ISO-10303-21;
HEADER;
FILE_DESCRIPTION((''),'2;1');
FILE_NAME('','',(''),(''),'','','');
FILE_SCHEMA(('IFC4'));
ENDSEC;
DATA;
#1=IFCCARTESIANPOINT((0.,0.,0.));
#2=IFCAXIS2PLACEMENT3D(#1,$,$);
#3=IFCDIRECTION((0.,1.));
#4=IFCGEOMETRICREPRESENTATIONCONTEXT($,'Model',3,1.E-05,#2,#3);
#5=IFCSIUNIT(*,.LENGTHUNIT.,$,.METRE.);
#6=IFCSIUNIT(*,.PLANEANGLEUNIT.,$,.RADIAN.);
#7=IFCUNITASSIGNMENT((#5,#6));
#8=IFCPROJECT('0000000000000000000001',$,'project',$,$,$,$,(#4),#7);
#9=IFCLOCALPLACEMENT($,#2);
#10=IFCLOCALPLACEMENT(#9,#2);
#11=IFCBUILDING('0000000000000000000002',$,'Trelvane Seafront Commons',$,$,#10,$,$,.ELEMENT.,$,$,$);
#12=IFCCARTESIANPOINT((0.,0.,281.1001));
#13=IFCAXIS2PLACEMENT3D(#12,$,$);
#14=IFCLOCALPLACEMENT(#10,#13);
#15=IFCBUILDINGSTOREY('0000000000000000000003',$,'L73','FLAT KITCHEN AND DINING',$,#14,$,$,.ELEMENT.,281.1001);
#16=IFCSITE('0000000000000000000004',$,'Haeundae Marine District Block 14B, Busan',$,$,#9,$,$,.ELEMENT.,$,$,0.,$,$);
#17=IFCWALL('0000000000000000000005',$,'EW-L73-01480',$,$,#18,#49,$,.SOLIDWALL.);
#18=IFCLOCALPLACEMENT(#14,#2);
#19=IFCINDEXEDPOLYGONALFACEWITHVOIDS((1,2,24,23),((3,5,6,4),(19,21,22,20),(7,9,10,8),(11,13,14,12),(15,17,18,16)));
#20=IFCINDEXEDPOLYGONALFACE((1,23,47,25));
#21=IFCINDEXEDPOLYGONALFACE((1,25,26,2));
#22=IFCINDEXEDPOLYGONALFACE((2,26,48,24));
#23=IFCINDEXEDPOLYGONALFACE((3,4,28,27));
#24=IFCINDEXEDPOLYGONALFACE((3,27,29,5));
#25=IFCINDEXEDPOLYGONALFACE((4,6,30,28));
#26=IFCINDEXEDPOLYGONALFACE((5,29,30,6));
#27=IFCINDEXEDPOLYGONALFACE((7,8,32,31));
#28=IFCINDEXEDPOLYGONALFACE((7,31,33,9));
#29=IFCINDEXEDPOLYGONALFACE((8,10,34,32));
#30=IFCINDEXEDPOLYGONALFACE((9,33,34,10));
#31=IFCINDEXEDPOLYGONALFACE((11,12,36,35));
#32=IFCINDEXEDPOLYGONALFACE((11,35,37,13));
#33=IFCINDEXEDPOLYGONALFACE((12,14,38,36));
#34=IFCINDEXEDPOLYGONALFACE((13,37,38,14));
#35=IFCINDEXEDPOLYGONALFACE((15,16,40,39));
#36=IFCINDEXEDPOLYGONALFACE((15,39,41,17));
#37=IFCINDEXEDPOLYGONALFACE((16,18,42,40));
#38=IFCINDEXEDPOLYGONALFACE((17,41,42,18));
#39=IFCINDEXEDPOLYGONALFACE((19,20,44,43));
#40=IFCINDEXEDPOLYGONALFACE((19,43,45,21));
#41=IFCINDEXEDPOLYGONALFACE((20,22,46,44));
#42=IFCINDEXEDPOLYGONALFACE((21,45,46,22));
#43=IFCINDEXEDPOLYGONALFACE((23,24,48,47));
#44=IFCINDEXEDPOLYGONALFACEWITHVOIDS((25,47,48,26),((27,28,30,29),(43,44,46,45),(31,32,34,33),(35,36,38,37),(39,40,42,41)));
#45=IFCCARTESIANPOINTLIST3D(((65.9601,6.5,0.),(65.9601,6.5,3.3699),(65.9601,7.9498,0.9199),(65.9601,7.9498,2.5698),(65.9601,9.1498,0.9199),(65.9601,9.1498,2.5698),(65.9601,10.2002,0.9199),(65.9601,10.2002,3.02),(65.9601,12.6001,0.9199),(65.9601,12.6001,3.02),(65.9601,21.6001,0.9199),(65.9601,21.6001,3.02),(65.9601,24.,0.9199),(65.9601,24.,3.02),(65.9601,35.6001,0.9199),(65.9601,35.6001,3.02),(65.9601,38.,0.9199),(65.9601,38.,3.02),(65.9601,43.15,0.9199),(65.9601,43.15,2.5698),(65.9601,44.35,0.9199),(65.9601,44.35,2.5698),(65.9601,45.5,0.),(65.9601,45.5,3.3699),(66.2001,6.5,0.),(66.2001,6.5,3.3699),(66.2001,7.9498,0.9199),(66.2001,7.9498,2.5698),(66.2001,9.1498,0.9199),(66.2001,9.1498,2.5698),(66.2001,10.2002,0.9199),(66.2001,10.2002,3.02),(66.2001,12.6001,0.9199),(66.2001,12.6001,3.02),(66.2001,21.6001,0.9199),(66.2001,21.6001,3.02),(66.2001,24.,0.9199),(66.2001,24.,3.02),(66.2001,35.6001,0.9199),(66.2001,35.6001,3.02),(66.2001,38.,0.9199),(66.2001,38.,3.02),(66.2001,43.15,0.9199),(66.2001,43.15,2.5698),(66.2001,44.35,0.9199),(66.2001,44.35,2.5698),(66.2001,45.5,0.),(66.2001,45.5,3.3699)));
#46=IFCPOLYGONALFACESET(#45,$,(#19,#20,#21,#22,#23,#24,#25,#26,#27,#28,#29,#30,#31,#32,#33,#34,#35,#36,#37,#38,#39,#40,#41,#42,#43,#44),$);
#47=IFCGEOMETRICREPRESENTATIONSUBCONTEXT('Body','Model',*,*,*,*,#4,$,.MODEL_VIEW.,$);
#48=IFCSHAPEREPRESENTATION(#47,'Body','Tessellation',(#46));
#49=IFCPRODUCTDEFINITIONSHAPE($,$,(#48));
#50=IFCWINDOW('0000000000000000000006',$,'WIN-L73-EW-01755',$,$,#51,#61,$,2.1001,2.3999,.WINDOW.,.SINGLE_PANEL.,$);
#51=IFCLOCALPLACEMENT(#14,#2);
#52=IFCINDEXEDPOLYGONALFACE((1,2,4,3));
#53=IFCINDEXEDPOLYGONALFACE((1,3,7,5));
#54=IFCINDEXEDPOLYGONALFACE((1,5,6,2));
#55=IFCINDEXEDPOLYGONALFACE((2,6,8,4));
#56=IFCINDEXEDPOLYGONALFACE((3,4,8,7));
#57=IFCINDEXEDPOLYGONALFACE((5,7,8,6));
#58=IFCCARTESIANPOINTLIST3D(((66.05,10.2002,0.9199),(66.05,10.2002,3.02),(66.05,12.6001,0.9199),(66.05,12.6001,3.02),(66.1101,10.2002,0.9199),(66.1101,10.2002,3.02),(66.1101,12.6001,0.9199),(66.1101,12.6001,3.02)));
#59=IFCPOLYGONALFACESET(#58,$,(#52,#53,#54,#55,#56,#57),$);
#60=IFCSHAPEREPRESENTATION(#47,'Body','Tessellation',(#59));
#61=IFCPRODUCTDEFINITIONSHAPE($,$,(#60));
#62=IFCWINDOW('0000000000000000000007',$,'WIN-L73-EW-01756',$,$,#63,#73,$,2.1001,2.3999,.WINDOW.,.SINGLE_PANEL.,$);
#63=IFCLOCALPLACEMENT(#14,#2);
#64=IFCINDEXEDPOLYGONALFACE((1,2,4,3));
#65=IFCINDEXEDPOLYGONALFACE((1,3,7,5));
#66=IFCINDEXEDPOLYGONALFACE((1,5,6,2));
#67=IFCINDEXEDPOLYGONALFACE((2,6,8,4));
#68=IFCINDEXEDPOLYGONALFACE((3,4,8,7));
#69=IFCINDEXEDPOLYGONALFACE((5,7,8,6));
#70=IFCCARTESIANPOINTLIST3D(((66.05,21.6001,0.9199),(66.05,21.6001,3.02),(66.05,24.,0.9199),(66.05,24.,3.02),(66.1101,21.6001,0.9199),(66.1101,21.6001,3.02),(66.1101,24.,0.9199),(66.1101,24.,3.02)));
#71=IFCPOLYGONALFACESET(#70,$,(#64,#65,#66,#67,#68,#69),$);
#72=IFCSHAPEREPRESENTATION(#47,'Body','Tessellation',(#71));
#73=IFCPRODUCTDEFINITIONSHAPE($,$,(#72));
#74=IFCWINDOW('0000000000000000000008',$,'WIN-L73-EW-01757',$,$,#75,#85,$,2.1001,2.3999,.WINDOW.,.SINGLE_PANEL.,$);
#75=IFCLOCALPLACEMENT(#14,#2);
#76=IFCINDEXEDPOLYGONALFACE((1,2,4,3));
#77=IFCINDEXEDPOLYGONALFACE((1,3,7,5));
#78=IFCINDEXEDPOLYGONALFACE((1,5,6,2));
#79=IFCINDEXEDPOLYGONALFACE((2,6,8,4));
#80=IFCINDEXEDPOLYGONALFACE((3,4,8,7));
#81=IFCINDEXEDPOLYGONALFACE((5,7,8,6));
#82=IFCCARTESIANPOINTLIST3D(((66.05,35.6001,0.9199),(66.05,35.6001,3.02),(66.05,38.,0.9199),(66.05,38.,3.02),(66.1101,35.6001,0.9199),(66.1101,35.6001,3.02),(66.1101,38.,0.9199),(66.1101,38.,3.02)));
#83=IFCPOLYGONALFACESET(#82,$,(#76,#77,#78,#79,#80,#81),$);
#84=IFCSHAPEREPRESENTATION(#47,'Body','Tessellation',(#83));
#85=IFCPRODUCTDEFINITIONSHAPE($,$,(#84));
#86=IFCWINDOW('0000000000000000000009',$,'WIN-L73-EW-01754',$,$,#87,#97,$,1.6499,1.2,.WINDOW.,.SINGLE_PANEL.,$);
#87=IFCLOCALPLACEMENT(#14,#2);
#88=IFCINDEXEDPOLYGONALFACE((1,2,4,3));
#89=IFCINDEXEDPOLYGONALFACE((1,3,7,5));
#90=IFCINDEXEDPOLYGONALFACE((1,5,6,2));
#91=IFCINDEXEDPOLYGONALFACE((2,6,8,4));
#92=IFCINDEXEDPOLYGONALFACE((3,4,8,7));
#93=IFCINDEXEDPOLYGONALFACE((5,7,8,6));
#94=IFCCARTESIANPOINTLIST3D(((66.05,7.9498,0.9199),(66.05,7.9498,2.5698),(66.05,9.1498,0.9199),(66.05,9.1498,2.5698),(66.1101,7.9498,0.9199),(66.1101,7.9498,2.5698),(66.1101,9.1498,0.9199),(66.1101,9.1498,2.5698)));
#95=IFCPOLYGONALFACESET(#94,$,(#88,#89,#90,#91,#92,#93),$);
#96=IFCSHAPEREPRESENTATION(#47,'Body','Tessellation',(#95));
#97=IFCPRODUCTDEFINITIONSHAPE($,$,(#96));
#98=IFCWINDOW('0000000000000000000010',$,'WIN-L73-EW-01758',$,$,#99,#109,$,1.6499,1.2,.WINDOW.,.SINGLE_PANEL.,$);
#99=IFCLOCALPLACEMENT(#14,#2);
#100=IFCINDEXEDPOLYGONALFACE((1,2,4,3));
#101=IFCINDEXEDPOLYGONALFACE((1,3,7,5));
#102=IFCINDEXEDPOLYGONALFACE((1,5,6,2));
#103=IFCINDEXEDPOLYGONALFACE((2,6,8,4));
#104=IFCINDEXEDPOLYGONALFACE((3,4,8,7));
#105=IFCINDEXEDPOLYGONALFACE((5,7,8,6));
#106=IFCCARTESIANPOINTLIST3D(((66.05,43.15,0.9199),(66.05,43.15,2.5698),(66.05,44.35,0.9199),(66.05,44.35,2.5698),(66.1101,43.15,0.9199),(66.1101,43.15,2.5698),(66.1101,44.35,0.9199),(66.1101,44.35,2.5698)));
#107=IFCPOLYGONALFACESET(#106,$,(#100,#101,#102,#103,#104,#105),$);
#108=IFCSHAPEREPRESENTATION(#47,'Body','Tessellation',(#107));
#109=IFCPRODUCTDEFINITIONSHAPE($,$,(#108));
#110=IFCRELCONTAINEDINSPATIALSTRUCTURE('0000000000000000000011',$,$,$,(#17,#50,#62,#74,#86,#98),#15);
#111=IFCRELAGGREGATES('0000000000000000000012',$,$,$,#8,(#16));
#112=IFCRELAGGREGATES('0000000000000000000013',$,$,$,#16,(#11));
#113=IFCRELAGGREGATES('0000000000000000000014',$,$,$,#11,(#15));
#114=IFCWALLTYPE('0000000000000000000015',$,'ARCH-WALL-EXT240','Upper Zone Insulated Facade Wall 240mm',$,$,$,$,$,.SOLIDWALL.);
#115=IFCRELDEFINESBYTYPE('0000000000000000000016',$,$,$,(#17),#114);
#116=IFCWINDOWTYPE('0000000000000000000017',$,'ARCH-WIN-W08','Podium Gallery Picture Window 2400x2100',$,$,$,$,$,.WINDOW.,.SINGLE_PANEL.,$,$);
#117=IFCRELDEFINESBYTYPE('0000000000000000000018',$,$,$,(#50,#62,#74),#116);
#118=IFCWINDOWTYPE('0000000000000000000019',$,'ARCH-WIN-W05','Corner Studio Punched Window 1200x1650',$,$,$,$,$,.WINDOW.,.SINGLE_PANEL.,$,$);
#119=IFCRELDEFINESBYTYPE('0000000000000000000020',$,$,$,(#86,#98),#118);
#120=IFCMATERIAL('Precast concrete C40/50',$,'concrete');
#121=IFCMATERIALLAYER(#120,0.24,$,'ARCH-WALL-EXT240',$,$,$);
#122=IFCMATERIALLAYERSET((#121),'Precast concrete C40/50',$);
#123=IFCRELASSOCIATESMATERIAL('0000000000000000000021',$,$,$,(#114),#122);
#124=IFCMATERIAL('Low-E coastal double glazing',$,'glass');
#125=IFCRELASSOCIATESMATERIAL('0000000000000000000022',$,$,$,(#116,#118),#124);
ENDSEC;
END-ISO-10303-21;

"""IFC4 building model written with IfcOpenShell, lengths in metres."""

from ifc_helpers import new_model, si_unit, direction, frame, frame_2d, origin, place, context, subcontext, project, spatial, rectangle, extrude, source, transform, mapped, material, layer, layer_set, type_object, element, fill, save


model = new_model("IFC4")

# Units and contexts
model_context = context("Model", 3, precision=1e-05, world=origin(), true_north=direction((0.0, 1.0)))
body_context = subcontext(model_context, "Body", "Model", "MODEL_VIEW")
ifc_project = project(units=[si_unit("LENGTHUNIT", "METRE"), si_unit("PLANEANGLEUNIT", "RADIAN")], contexts=[model_context])

# Site, building, storey
site_placement = place(None, origin())
site = spatial("IfcSite", under=ifc_project, at=site_placement, Name="Haeundae Marine District Block 14B, Busan", CompositionType="ELEMENT", RefElevation=0.0)
building_placement = place(site_placement, origin())
building = spatial("IfcBuilding", under=site, at=building_placement, Name="Trelvane Seafront Commons", CompositionType="ELEMENT")
storey_placement = place(building_placement, frame((0.0, 0.0, 281.1001)))
storey = spatial("IfcBuildingStorey", under=building, at=storey_placement, Name="L73", Description="FLAT KITCHEN AND DINING", CompositionType="ELEMENT", Elevation=281.1001)

# Shared definitions
ifc_material_1 = material(Name="Low-E coastal double glazing", Category="glass")

# Shared definitions
ifc_material_2 = material(Name="Precast concrete C40/50", Category="concrete")
ifc_layer_1 = layer(ifc_material_2, 0.24, Name="ARCH-WALL-EXT240")
ifc_layer_set_1 = layer_set([ifc_layer_1], Name="Precast concrete C40/50")
wall_type = type_object("IfcWallType", Name="ARCH-WALL-EXT240", Description="Upper Zone Insulated Facade Wall 240mm", PredefinedType="SOLIDWALL", material=ifc_layer_set_1)

# Wall, openings, windows
wall_1_placement = place(storey_placement, frame((66.0801, 45.5, 0.0), z_axis=(0.0, 0.0, 1.0), x_axis=(0.0, -1.0, 0.0)))
wall_1 = element("IfcWall", 1, at=wall_1_placement, inside=storey, type_object=wall_type, Name="EW-L73-01480", PredefinedType="SOLIDWALL", context=body_context, shape_type="SweptSolid", body=[
    extrude(rectangle(XDim=39.0, YDim=0.24, at=frame_2d((19.5, 0.0))), origin(), (0.0, 0.0, 1.0), 3.3699),
])
opening_1_placement = place(wall_1_placement, frame((36.3501, 0.0, 0.9199)))
opening_1 = element("IfcOpeningElement", 2, at=opening_1_placement, cuts=wall_1, PredefinedType="OPENING", context=body_context, shape_type="SweptSolid", body=[
    extrude(rectangle(XDim=1.2, YDim=1.6499, at=frame_2d((0.6001, 0.825))), frame((0.0, 0.1299, 0.0), z_axis=(0.0, -1.0, 0.0), x_axis=(1.0, 0.0, 0.0)), (0.0, 0.0, 1.0), 0.26),
])
opening_2_placement = place(wall_1_placement, frame((32.8999, 0.0, 0.9199)))
opening_2 = element("IfcOpeningElement", 3, at=opening_2_placement, cuts=wall_1, PredefinedType="OPENING", context=body_context, shape_type="SweptSolid", body=[
    extrude(rectangle(XDim=2.3999, YDim=2.1001, at=frame_2d((1.2, 1.05))), frame((0.0, 0.1299, 0.0), z_axis=(0.0, -1.0, 0.0), x_axis=(1.0, 0.0, 0.0)), (0.0, 0.0, 1.0), 0.26),
])
opening_3_placement = place(wall_1_placement, frame((21.5, 0.0, 0.9199)))
opening_3 = element("IfcOpeningElement", 4, at=opening_3_placement, cuts=wall_1, PredefinedType="OPENING", context=body_context, shape_type="SweptSolid", body=[
    extrude(rectangle(XDim=2.3999, YDim=2.1001, at=frame_2d((1.2, 1.05))), frame((0.0, 0.1299, 0.0), z_axis=(0.0, -1.0, 0.0), x_axis=(1.0, 0.0, 0.0)), (0.0, 0.0, 1.0), 0.26),
])
opening_4_placement = place(wall_1_placement, frame((7.5, 0.0, 0.9199)))
opening_4 = element("IfcOpeningElement", 5, at=opening_4_placement, cuts=wall_1, PredefinedType="OPENING", context=body_context, shape_type="SweptSolid", body=[
    extrude(rectangle(XDim=2.3999, YDim=2.1001, at=frame_2d((1.2, 1.05))), frame((0.0, 0.1299, 0.0), z_axis=(0.0, -1.0, 0.0), x_axis=(1.0, 0.0, 0.0)), (0.0, 0.0, 1.0), 0.26),
])
opening_5_placement = place(wall_1_placement, frame((1.1499, 0.0, 0.9199)))
opening_5 = element("IfcOpeningElement", 6, at=opening_5_placement, cuts=wall_1, PredefinedType="OPENING", context=body_context, shape_type="SweptSolid", body=[
    extrude(rectangle(XDim=1.2, YDim=1.6499, at=frame_2d((0.6001, 0.825))), frame((0.0, 0.1299, 0.0), z_axis=(0.0, -1.0, 0.0), x_axis=(1.0, 0.0, 0.0)), (0.0, 0.0, 1.0), 0.26),
])
window_type_1 = type_object("IfcWindowType", Name="ARCH-WIN-W08", Description="Podium Gallery Picture Window 2400x2100", PartitioningType="SINGLE_PANEL", PredefinedType="WINDOW", material=ifc_material_1)
shared_shape_1 = source(origin(), body_context, "Body", "SweptSolid", [
    extrude(rectangle(XDim=2.3999, YDim=2.1001, at=frame_2d((1.2, 1.05))), frame((0.0, 0.03, 0.0), z_axis=(0.0, -1.0, 0.0), x_axis=(1.0, 0.0, 0.0)), (0.0, 0.0, 1.0), 0.0601),
])
window_1_placement = place(opening_2_placement, origin())
window_1 = element("IfcWindow", 7, at=window_1_placement, inside=storey, type_object=window_type_1, Name="WIN-L73-EW-01755", OverallHeight=2.1001, OverallWidth=2.3999, PartitioningType="SINGLE_PANEL", PredefinedType="WINDOW", context=body_context, shape_type="MappedRepresentation", body=[
    mapped(shared_shape_1, transform((0.0, 0.0, 0.0), x_axis=(1.0, 0.0, 0.0), y_axis=(0.0, 1.0, 0.0), z_axis=(0.0, 0.0, 1.0), scale=1.0)),
])
fill(opening_2, window_1)
window_2_placement = place(opening_3_placement, origin())
window_2 = element("IfcWindow", 8, at=window_2_placement, inside=storey, type_object=window_type_1, Name="WIN-L73-EW-01756", OverallHeight=2.1001, OverallWidth=2.3999, PartitioningType="SINGLE_PANEL", PredefinedType="WINDOW", context=body_context, shape_type="MappedRepresentation", body=[
    mapped(shared_shape_1, transform((0.0, 0.0, 0.0), x_axis=(1.0, 0.0, 0.0), y_axis=(0.0, 1.0, 0.0), z_axis=(0.0, 0.0, 1.0), scale=1.0)),
])
fill(opening_3, window_2)
window_3_placement = place(opening_4_placement, origin())
window_3 = element("IfcWindow", 9, at=window_3_placement, inside=storey, type_object=window_type_1, Name="WIN-L73-EW-01757", OverallHeight=2.1001, OverallWidth=2.3999, PartitioningType="SINGLE_PANEL", PredefinedType="WINDOW", context=body_context, shape_type="MappedRepresentation", body=[
    mapped(shared_shape_1, transform((0.0, 0.0, 0.0), x_axis=(1.0, 0.0, 0.0), y_axis=(0.0, 1.0, 0.0), z_axis=(0.0, 0.0, 1.0), scale=1.0)),
])
fill(opening_4, window_3)
window_type_2 = type_object("IfcWindowType", Name="ARCH-WIN-W05", Description="Corner Studio Punched Window 1200x1650", PartitioningType="SINGLE_PANEL", PredefinedType="WINDOW", material=ifc_material_1)
shared_shape_2 = source(origin(), body_context, "Body", "SweptSolid", [
    extrude(rectangle(XDim=1.2, YDim=1.6499, at=frame_2d((0.6001, 0.825))), frame((0.0, 0.03, 0.0), z_axis=(0.0, -1.0, 0.0), x_axis=(1.0, 0.0, 0.0)), (0.0, 0.0, 1.0), 0.0601),
])
window_4_placement = place(opening_1_placement, origin())
window_4 = element("IfcWindow", 10, at=window_4_placement, inside=storey, type_object=window_type_2, Name="WIN-L73-EW-01754", OverallHeight=1.6499, OverallWidth=1.2, PartitioningType="SINGLE_PANEL", PredefinedType="WINDOW", context=body_context, shape_type="MappedRepresentation", body=[
    mapped(shared_shape_2, transform((0.0, 0.0, 0.0), x_axis=(1.0, 0.0, 0.0), y_axis=(0.0, 1.0, 0.0), z_axis=(0.0, 0.0, 1.0), scale=1.0)),
])
fill(opening_1, window_4)
window_5_placement = place(opening_5_placement, origin())
window_5 = element("IfcWindow", 11, at=window_5_placement, inside=storey, type_object=window_type_2, Name="WIN-L73-EW-01758", OverallHeight=1.6499, OverallWidth=1.2, PartitioningType="SINGLE_PANEL", PredefinedType="WINDOW", context=body_context, shape_type="MappedRepresentation", body=[
    mapped(shared_shape_2, transform((0.0, 0.0, 0.0), x_axis=(1.0, 0.0, 0.0), y_axis=(0.0, 1.0, 0.0), z_axis=(0.0, 0.0, 1.0), scale=1.0)),
])
fill(opening_5, window_5)

save(model, "model.ifc")
